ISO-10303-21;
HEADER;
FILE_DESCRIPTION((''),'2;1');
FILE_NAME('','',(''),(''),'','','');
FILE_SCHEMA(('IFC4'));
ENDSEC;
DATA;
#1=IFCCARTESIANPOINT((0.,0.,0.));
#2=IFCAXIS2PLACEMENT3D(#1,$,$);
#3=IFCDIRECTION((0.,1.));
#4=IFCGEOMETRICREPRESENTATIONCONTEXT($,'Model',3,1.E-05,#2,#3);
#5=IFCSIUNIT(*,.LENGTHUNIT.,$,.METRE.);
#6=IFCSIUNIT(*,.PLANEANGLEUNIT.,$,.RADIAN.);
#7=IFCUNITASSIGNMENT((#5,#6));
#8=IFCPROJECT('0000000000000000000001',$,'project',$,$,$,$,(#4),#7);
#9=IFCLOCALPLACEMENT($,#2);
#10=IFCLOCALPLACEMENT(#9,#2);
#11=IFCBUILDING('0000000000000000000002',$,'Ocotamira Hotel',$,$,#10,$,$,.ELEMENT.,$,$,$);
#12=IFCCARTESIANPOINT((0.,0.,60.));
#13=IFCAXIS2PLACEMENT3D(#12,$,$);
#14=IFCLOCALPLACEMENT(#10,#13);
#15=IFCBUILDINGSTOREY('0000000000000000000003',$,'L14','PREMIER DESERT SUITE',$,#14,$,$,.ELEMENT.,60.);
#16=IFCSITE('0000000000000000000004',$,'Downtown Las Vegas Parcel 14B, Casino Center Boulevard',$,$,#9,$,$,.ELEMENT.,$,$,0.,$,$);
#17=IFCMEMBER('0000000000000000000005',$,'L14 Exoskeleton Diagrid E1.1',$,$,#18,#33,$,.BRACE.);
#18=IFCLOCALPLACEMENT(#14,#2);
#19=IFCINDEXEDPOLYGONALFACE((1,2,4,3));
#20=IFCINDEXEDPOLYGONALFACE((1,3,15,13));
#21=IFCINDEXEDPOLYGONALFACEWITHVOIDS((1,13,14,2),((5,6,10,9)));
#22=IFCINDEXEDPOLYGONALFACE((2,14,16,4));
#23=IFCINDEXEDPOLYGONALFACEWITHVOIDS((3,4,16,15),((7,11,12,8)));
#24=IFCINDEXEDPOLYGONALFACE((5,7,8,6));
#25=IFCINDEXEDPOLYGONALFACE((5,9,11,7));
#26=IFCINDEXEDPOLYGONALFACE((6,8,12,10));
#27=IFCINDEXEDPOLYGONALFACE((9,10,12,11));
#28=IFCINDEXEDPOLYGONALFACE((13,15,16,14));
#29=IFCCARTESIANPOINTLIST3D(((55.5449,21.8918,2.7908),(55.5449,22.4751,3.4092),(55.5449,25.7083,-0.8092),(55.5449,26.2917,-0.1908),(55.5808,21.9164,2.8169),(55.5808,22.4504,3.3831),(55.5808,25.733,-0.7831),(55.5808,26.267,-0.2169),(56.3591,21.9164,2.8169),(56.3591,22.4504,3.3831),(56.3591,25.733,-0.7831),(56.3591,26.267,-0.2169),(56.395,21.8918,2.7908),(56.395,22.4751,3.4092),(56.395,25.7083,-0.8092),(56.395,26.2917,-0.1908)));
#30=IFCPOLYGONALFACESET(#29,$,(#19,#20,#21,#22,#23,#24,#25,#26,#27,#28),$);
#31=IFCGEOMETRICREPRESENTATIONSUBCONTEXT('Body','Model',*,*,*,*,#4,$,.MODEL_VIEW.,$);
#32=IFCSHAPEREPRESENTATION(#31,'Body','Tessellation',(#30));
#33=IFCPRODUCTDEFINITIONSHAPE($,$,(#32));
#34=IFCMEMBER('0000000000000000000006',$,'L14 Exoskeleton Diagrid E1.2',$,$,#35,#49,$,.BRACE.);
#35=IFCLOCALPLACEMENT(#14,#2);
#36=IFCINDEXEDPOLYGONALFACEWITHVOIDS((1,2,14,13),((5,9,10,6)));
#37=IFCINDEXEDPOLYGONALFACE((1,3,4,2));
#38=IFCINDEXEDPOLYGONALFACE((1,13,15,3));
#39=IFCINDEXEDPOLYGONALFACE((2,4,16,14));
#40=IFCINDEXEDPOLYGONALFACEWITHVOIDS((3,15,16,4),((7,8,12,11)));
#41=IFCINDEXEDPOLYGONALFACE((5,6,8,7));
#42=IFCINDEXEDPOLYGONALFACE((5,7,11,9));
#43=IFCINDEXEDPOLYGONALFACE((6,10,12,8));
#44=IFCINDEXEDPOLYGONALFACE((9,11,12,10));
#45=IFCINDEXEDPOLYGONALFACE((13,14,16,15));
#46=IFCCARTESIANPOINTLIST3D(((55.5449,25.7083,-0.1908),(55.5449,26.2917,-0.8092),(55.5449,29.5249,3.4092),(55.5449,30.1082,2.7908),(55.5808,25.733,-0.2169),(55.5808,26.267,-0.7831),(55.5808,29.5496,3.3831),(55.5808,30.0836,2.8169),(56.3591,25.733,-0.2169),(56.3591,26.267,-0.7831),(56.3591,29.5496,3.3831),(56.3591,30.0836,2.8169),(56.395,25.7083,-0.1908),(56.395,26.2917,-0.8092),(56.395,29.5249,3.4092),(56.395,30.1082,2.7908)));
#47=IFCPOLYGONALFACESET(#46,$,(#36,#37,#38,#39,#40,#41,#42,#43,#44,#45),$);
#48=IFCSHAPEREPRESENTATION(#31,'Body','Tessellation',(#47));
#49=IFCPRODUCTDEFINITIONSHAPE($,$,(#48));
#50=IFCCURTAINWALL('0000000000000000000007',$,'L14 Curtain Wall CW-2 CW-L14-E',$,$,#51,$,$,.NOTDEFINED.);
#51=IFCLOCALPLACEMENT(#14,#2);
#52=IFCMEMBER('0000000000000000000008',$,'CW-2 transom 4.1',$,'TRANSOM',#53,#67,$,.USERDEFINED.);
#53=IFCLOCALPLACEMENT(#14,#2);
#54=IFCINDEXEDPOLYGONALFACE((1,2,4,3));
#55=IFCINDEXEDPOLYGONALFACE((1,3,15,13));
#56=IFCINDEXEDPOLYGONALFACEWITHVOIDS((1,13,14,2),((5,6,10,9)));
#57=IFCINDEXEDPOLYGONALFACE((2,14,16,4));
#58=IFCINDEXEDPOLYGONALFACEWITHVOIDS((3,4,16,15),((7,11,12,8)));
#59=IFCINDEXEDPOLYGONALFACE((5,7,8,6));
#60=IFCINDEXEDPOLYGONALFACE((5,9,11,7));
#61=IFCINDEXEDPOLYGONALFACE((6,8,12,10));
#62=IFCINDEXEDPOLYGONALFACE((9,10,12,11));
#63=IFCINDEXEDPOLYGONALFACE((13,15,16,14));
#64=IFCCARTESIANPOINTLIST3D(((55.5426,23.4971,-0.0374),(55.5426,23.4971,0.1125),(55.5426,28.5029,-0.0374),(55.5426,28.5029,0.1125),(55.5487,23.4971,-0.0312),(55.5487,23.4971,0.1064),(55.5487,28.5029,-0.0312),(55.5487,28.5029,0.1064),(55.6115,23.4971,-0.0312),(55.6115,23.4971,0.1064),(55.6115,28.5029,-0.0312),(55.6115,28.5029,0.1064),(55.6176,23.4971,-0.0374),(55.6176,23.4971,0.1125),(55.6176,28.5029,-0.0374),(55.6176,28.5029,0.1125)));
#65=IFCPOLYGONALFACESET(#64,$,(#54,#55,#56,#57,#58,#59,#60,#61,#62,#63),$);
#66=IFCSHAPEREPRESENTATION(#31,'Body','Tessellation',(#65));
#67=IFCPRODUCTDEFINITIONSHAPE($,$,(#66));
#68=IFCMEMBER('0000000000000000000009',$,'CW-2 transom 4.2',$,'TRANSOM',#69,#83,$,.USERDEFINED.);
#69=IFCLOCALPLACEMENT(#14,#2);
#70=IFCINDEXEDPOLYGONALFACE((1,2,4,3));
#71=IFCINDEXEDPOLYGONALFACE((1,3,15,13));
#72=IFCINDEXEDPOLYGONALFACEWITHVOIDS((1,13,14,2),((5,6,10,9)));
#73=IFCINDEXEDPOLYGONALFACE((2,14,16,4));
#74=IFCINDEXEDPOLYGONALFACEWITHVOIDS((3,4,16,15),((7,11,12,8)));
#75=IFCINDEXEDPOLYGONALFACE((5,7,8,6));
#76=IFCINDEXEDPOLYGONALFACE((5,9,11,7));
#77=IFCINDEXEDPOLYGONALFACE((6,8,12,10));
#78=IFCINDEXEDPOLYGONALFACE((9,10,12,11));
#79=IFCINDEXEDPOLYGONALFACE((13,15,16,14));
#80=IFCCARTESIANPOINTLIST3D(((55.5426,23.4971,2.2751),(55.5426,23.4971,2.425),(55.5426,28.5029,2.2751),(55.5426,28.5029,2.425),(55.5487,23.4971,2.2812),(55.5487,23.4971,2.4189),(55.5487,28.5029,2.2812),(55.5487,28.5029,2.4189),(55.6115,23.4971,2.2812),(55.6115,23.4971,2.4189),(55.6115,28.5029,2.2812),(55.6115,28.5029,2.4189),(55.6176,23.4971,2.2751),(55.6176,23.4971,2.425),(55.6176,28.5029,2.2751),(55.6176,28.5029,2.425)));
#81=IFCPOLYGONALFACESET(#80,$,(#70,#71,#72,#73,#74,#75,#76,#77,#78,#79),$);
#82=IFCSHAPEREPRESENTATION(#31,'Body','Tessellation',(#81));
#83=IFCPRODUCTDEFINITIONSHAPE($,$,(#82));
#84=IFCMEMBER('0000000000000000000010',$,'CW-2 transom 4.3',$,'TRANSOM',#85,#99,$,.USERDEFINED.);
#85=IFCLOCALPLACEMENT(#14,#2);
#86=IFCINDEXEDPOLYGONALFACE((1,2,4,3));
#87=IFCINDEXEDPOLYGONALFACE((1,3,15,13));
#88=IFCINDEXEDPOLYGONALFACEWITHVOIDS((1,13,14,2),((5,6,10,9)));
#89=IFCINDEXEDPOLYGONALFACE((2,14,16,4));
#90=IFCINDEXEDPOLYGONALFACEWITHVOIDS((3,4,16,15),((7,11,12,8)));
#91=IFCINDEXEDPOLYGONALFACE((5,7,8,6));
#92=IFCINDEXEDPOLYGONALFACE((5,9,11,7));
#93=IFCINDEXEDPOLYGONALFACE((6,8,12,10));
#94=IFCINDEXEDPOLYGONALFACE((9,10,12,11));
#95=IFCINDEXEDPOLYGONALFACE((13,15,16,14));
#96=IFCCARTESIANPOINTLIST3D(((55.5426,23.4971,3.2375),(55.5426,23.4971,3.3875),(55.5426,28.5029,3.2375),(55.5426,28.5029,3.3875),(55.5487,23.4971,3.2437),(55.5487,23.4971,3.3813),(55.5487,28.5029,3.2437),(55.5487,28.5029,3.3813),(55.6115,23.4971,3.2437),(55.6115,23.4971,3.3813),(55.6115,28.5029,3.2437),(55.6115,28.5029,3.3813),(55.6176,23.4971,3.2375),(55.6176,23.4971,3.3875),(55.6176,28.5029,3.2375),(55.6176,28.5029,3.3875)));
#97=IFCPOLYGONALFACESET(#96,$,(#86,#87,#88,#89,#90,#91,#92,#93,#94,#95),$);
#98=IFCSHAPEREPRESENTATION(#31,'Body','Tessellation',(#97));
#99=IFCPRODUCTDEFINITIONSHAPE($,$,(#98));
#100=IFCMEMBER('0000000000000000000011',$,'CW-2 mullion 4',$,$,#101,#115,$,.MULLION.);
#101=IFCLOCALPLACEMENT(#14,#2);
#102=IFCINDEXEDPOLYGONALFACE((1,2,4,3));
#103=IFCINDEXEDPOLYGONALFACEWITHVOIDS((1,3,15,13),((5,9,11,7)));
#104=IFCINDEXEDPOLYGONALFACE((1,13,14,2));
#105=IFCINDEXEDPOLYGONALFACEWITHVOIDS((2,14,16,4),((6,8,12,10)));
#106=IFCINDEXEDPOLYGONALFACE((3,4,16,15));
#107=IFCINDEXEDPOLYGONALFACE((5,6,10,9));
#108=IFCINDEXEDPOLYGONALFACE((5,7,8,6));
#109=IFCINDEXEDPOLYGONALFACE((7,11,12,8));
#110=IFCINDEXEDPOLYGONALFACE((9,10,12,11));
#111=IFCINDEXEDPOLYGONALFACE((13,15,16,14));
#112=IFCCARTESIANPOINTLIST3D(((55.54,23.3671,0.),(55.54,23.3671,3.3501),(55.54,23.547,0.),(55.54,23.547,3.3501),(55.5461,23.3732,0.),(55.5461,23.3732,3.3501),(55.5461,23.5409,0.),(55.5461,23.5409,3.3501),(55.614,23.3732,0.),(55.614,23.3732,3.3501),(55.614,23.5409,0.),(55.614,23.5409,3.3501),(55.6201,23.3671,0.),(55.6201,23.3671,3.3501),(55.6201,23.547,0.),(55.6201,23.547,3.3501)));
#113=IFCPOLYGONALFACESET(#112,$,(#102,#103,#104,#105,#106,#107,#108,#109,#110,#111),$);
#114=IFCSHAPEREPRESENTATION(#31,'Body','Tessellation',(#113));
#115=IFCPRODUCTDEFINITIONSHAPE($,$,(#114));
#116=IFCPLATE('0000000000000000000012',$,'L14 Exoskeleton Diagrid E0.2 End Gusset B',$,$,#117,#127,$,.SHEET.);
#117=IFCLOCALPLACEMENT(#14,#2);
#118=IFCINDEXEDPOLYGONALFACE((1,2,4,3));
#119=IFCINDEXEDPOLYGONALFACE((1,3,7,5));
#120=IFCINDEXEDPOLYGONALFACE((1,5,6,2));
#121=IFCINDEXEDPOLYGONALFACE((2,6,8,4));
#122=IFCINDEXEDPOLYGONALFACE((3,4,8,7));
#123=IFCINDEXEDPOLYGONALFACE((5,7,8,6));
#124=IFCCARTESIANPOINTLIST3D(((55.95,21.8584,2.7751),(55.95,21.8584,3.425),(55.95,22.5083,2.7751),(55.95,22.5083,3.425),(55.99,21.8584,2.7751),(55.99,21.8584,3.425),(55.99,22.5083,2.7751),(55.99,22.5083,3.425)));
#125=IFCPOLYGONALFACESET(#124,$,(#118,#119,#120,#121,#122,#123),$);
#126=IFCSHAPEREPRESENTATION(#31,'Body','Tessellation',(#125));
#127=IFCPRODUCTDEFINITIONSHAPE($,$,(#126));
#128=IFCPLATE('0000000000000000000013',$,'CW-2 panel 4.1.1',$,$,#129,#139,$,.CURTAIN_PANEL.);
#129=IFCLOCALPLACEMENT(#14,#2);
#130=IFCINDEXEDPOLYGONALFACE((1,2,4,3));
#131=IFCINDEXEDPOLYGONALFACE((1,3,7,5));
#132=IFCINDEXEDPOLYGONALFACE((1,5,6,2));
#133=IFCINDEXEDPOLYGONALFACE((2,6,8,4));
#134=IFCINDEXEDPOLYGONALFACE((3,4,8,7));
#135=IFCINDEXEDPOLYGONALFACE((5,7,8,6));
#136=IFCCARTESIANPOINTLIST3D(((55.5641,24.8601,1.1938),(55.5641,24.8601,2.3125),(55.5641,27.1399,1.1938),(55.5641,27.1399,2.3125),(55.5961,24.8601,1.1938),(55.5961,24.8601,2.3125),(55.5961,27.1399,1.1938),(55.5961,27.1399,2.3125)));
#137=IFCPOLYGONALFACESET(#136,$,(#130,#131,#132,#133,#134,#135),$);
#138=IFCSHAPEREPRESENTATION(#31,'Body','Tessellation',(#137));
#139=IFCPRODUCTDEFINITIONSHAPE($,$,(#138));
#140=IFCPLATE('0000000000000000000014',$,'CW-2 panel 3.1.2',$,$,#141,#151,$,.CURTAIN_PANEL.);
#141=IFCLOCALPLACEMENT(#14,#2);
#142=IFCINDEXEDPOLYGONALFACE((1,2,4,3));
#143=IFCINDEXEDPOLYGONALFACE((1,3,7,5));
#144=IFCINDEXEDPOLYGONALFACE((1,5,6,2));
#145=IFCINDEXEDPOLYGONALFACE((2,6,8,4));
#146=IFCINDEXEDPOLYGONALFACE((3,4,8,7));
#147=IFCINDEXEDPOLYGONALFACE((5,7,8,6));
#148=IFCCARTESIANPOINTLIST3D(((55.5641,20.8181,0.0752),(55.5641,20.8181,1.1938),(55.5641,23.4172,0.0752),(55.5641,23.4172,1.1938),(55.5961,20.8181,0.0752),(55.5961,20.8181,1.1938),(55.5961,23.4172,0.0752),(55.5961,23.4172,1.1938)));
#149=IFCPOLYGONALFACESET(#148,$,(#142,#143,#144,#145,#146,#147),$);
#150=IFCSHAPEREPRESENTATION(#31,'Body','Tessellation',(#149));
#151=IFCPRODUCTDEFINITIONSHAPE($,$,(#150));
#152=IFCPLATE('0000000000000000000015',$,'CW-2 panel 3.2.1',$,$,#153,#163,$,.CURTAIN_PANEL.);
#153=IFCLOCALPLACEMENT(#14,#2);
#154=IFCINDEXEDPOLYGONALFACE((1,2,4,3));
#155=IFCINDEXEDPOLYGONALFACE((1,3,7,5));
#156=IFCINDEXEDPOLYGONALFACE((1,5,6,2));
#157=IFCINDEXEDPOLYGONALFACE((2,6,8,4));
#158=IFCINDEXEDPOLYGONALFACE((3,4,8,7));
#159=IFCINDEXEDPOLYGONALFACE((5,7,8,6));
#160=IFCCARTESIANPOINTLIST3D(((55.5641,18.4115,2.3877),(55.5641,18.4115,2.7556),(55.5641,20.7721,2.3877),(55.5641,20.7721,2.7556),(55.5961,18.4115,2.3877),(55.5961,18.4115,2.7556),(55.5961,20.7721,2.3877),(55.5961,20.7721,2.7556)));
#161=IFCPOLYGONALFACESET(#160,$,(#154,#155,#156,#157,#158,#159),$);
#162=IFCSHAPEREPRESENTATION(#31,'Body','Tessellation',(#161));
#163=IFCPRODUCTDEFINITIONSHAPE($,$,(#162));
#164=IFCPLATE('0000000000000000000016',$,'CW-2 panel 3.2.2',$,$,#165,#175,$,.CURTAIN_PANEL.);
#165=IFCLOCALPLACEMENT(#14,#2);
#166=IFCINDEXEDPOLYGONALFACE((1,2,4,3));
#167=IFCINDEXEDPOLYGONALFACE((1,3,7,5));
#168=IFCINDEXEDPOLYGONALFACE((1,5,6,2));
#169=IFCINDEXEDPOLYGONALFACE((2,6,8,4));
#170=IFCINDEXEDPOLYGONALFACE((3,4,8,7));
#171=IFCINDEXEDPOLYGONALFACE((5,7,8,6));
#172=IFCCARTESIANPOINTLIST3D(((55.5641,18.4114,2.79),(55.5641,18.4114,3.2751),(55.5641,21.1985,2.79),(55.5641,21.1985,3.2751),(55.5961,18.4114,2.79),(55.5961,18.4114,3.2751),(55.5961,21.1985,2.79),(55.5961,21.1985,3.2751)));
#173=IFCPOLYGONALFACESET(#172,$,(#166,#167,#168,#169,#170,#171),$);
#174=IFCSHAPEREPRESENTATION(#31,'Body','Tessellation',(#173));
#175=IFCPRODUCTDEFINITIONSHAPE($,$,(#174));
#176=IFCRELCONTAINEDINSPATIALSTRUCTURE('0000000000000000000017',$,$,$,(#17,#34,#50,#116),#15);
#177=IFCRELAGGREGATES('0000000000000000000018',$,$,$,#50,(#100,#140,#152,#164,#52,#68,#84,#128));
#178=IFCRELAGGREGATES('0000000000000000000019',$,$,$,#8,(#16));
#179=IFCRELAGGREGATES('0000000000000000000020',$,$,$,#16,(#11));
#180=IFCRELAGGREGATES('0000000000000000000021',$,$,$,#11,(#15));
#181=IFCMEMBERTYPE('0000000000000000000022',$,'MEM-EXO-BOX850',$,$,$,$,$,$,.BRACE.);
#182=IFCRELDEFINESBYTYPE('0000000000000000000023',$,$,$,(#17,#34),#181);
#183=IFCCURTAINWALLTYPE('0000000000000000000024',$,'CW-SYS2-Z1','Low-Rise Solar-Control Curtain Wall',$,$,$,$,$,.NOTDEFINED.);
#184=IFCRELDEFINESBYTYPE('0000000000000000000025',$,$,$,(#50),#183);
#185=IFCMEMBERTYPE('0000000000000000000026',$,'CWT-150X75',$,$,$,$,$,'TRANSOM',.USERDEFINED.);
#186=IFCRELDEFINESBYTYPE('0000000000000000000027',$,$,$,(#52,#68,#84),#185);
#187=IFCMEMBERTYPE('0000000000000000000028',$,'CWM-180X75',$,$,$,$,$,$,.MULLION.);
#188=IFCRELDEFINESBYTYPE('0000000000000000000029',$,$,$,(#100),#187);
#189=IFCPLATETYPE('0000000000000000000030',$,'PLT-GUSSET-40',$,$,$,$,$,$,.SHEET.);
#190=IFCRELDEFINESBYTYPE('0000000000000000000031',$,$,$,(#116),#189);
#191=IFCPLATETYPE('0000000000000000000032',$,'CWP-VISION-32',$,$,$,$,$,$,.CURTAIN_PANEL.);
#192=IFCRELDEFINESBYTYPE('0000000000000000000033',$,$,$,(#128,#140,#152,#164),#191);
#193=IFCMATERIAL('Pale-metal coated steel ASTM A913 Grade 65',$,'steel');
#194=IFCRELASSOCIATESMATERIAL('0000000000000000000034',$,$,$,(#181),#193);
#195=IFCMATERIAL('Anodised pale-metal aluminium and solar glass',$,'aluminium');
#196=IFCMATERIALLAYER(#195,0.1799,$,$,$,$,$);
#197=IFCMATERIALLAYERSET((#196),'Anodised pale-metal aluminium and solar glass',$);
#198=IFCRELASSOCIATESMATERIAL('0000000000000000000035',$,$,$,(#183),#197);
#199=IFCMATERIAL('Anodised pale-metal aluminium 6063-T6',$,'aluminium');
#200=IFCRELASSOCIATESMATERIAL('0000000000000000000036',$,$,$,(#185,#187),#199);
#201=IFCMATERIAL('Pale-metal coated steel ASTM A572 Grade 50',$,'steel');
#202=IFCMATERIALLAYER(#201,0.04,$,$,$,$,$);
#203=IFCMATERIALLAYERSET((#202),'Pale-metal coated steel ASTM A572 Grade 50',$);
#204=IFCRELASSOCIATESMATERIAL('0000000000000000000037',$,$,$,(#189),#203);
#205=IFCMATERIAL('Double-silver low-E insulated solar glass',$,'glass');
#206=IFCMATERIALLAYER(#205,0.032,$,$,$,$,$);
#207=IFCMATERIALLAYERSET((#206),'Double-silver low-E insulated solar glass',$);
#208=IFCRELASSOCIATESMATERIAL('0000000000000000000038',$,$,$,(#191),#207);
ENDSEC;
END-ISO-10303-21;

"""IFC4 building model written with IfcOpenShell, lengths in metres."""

from ifc_helpers import new_model, si_unit, direction, frame, origin, origin_2d, place, context, subcontext, project, spatial, rectangle, hollow_rectangle, extrude, source, transform, mapped, material, layer, layer_set, material_profile, profile_set, type_object, element, aggregate, save


model = new_model("IFC4")

# Units and contexts
model_context = context("Model", 3, precision=1e-05, world=origin(), true_north=direction((0.0, 1.0)))
body_context = subcontext(model_context, "Body", "Model", "MODEL_VIEW")
ifc_project = project(units=[si_unit("LENGTHUNIT", "METRE"), si_unit("PLANEANGLEUNIT", "RADIAN")], contexts=[model_context])

# Site, building, storey
site_placement = place(None, origin())
site = spatial("IfcSite", under=ifc_project, at=site_placement, Name="Downtown Las Vegas Parcel 14B, Casino Center Boulevard", CompositionType="ELEMENT", RefElevation=0.0)
building_placement = place(site_placement, origin())
building = spatial("IfcBuilding", under=site, at=building_placement, Name="Ocotamira Hotel", CompositionType="ELEMENT")
storey_placement = place(building_placement, frame((0.0, 0.0, 60.0)))
storey = spatial("IfcBuildingStorey", under=building, at=storey_placement, Name="L14", Description="PREMIER DESERT SUITE", CompositionType="ELEMENT", Elevation=60.0)

# Members
ifc_material_1 = material(Name="Pale-metal coated steel ASTM A913 Grade 65", Category="steel")
ifc_material_profile_1 = material_profile(ifc_material_1, hollow_rectangle(XDim=0.8501, YDim=0.8501, WallThickness=0.0359, at=origin_2d()), Name="BOX850X850X36")
ifc_profile_set_1 = profile_set([ifc_material_profile_1], Name="Pale-metal coated steel ASTM A913 Grade 65")
member_type_1 = type_object("IfcMemberType", Name="MEM-EXO-BOX850", PredefinedType="BRACE", material=ifc_profile_set_1)
shared_shape_1 = source(origin(), body_context, "Body", "SweptSolid", [
    extrude(hollow_rectangle(XDim=0.8501, YDim=0.8501, WallThickness=0.0359, at=origin_2d()), origin(), (0.0, 0.0, 1.0), 5.2466),
])
for number, where, z_axis, x_axis, name in (
    (1, (55.97, 26.0, -0.5), (0.0, -0.727443, 0.686168), (1.0, 0.0, 0.0), "L14 Exoskeleton Diagrid E1.1"),
    (2, (55.97, 26.0, -0.5), (0.0, 0.727443, 0.686168), (-1.0, 0.0, 0.0), "L14 Exoskeleton Diagrid E1.2"),
):
    element("IfcMember", number, at=place(storey_placement, frame(where, z_axis=z_axis, x_axis=x_axis)), inside=storey, type_object=member_type_1, Name=name, PredefinedType="BRACE", context=body_context, shape_type="MappedRepresentation", body=[
        mapped(shared_shape_1, transform((0.0, 0.0, 0.0), scale=1.0)),
    ])

# Curtain wall, members
ifc_material_2 = material(Name="Anodised pale-metal aluminium and solar glass", Category="aluminium")
ifc_layer_1 = layer(ifc_material_2, 0.1799)
ifc_layer_set_1 = layer_set([ifc_layer_1], Name="Anodised pale-metal aluminium and solar glass")
curtain_wall_type = type_object("IfcCurtainWallType", Name="CW-SYS2-Z1", Description="Low-Rise Solar-Control Curtain Wall", PredefinedType="NOTDEFINED", material=ifc_layer_set_1)
curtain_wall_placement = place(storey_placement, origin())
curtain_wall = element("IfcCurtainWall", 3, at=curtain_wall_placement, inside=storey, type_object=curtain_wall_type, Name="L14 Curtain Wall CW-2 CW-L14-E", PredefinedType="NOTDEFINED")
ifc_material_3 = material(Name="Anodised pale-metal aluminium 6063-T6", Category="aluminium")
ifc_material_profile_2 = material_profile(ifc_material_3, hollow_rectangle(XDim=0.075, YDim=0.1499, WallThickness=0.0061, at=origin_2d()), Name="HSS150X75X6")
ifc_profile_set_2 = profile_set([ifc_material_profile_2], Name="Anodised pale-metal aluminium 6063-T6")
member_type_2 = type_object("IfcMemberType", Name="CWT-150X75", ElementType="TRANSOM", PredefinedType="USERDEFINED", material=ifc_profile_set_2)
shared_shape_2 = source(origin(), body_context, "Body", "SweptSolid", [
    extrude(hollow_rectangle(XDim=0.075, YDim=0.1499, WallThickness=0.0061, at=origin_2d()), origin(), (0.0, 0.0, 1.0), 5.0059),
])
member_1_placement = place(storey_placement, frame((55.5801, 23.4971, 0.0376), z_axis=(0.0, 1.0, 0.0), x_axis=(-1.0, 0.0, 0.0)))
member_1 = element("IfcMember", 4, at=member_1_placement, type_object=member_type_2, Name="CW-2 transom 4.1", ObjectType="TRANSOM", PredefinedType="USERDEFINED", context=body_context, shape_type="MappedRepresentation", body=[
    mapped(shared_shape_2, transform((0.0, 0.0, 0.0), scale=1.0)),
])
member_2_placement = place(storey_placement, frame((55.5801, 23.4971, 2.3501), z_axis=(0.0, 1.0, 0.0), x_axis=(-1.0, 0.0, 0.0)))
member_2 = element("IfcMember", 5, at=member_2_placement, type_object=member_type_2, Name="CW-2 transom 4.2", ObjectType="TRANSOM", PredefinedType="USERDEFINED", context=body_context, shape_type="MappedRepresentation", body=[
    mapped(shared_shape_2, transform((0.0, 0.0, 0.0), scale=1.0)),
])
member_3_placement = place(storey_placement, frame((55.5801, 23.4971, 3.3125), z_axis=(0.0, 1.0, 0.0), x_axis=(-1.0, 0.0, 0.0)))
member_3 = element("IfcMember", 6, at=member_3_placement, type_object=member_type_2, Name="CW-2 transom 4.3", ObjectType="TRANSOM", PredefinedType="USERDEFINED", context=body_context, shape_type="MappedRepresentation", body=[
    mapped(shared_shape_2, transform((0.0, 0.0, 0.0), scale=1.0)),
])
ifc_material_profile_3 = material_profile(ifc_material_3, hollow_rectangle(XDim=0.0801, YDim=0.1799, WallThickness=0.0061, at=origin_2d()), Name="HSS180X80X6")
ifc_profile_set_3 = profile_set([ifc_material_profile_3], Name="Anodised pale-metal aluminium 6063-T6")
member_type_3 = type_object("IfcMemberType", Name="CWM-180X75", PredefinedType="MULLION", material=ifc_profile_set_3)
shared_shape_3 = source(origin(), body_context, "Body", "SweptSolid", [
    extrude(hollow_rectangle(XDim=0.0801, YDim=0.1799, WallThickness=0.0061, at=origin_2d()), origin(), (0.0, 0.0, 1.0), 3.3501),
])
member_4_placement = place(storey_placement, frame((55.5801, 23.457, 0.0), z_axis=(0.0, 0.0, 1.0), x_axis=(-1.0, 0.0, 0.0)))
member_4 = element("IfcMember", 7, at=member_4_placement, type_object=member_type_3, Name="CW-2 mullion 4", PredefinedType="MULLION", context=body_context, shape_type="MappedRepresentation", body=[
    mapped(shared_shape_3, transform((0.0, 0.0, 0.0), scale=1.0)),
])

# Plates
ifc_material_4 = material(Name="Pale-metal coated steel ASTM A572 Grade 50", Category="steel")
ifc_layer_2 = layer(ifc_material_4, 0.04)
ifc_layer_set_2 = layer_set([ifc_layer_2], Name="Pale-metal coated steel ASTM A572 Grade 50")
plate_type_1 = type_object("IfcPlateType", Name="PLT-GUSSET-40", PredefinedType="SHEET", material=ifc_layer_set_2)
shared_shape_4 = source(origin(), body_context, "Body", "SweptSolid", [
    extrude(rectangle(XDim=0.04, YDim=0.6499, at=origin_2d()), origin(), (0.0, 0.0, 1.0), 0.6499),
])
plate_1_placement = place(storey_placement, frame((55.97, 22.1833, 2.7751), z_axis=(0.0, 0.0, 1.0), x_axis=(1.0, 0.0, 0.0)))
element("IfcPlate", 8, at=plate_1_placement, inside=storey, type_object=plate_type_1, Name="L14 Exoskeleton Diagrid E0.2 End Gusset B", PredefinedType="SHEET", context=body_context, shape_type="MappedRepresentation", body=[
    mapped(shared_shape_4, transform((0.0, 0.0, 0.0), scale=1.0)),
])
ifc_material_5 = material(Name="Double-silver low-E insulated solar glass", Category="glass")
ifc_layer_3 = layer(ifc_material_5, 0.032)
ifc_layer_set_3 = layer_set([ifc_layer_3], Name="Double-silver low-E insulated solar glass")
plate_type_2 = type_object("IfcPlateType", Name="CWP-VISION-32", PredefinedType="CURTAIN_PANEL", material=ifc_layer_set_3)
shared_shape_5 = source(origin(), body_context, "Body", "SweptSolid", [
    extrude(rectangle(XDim=2.2798, YDim=0.032, at=origin_2d()), origin(), (0.0, 0.0, 1.0), 1.1187),
])
plate_2_placement = place(storey_placement, frame((55.5801, 26.0, 1.1938), z_axis=(0.0, 0.0, 1.0), x_axis=(0.0, 1.0, 0.0)))
plate_2 = element("IfcPlate", 9, at=plate_2_placement, type_object=plate_type_2, Name="CW-2 panel 4.1.1", PredefinedType="CURTAIN_PANEL", context=body_context, shape_type="MappedRepresentation", body=[
    mapped(shared_shape_5, transform((0.0, 0.0, 0.0), scale=1.0)),
])
shared_shape_6 = source(origin(), body_context, "Body", "SweptSolid", [
    extrude(rectangle(XDim=2.5991, YDim=0.032, at=origin_2d()), origin(), (0.0, 0.0, 1.0), 1.1187),
])
plate_3_placement = place(storey_placement, frame((55.5801, 22.1177, 0.0752), z_axis=(0.0, 0.0, 1.0), x_axis=(0.0, 1.0, 0.0)))
plate_3 = element("IfcPlate", 10, at=plate_3_placement, type_object=plate_type_2, Name="CW-2 panel 3.1.2", PredefinedType="CURTAIN_PANEL", context=body_context, shape_type="MappedRepresentation", body=[
    mapped(shared_shape_6, transform((0.0, 0.0, 0.0), scale=1.0)),
])
shared_shape_7 = source(origin(), body_context, "Body", "SweptSolid", [
    extrude(rectangle(XDim=2.3606, YDim=0.032, at=origin_2d()), origin(), (0.0, 0.0, 1.0), 0.3679),
])
plate_4_placement = place(storey_placement, frame((55.5801, 19.5918, 2.3877), z_axis=(0.0, 0.0, 1.0), x_axis=(0.0, 1.0, 0.0)))
plate_4 = element("IfcPlate", 11, at=plate_4_placement, type_object=plate_type_2, Name="CW-2 panel 3.2.1", PredefinedType="CURTAIN_PANEL", context=body_context, shape_type="MappedRepresentation", body=[
    mapped(shared_shape_7, transform((0.0, 0.0, 0.0), scale=1.0)),
])
shared_shape_8 = source(origin(), body_context, "Body", "SweptSolid", [
    extrude(rectangle(XDim=2.7871, YDim=0.032, at=origin_2d()), origin(), (0.0, 0.0, 1.0), 0.4851),
])
plate_5_placement = place(storey_placement, frame((55.5801, 19.8049, 2.79), z_axis=(0.0, 0.0, 1.0), x_axis=(0.0, 1.0, 0.0)))
plate_5 = element("IfcPlate", 12, at=plate_5_placement, type_object=plate_type_2, Name="CW-2 panel 3.2.2", PredefinedType="CURTAIN_PANEL", context=body_context, shape_type="MappedRepresentation", body=[
    mapped(shared_shape_8, transform((0.0, 0.0, 0.0), scale=1.0)),
])
aggregate(curtain_wall, [member_4, plate_3, plate_4, plate_5, member_1, member_2, member_3, plate_2])

save(model, "model.ifc")
